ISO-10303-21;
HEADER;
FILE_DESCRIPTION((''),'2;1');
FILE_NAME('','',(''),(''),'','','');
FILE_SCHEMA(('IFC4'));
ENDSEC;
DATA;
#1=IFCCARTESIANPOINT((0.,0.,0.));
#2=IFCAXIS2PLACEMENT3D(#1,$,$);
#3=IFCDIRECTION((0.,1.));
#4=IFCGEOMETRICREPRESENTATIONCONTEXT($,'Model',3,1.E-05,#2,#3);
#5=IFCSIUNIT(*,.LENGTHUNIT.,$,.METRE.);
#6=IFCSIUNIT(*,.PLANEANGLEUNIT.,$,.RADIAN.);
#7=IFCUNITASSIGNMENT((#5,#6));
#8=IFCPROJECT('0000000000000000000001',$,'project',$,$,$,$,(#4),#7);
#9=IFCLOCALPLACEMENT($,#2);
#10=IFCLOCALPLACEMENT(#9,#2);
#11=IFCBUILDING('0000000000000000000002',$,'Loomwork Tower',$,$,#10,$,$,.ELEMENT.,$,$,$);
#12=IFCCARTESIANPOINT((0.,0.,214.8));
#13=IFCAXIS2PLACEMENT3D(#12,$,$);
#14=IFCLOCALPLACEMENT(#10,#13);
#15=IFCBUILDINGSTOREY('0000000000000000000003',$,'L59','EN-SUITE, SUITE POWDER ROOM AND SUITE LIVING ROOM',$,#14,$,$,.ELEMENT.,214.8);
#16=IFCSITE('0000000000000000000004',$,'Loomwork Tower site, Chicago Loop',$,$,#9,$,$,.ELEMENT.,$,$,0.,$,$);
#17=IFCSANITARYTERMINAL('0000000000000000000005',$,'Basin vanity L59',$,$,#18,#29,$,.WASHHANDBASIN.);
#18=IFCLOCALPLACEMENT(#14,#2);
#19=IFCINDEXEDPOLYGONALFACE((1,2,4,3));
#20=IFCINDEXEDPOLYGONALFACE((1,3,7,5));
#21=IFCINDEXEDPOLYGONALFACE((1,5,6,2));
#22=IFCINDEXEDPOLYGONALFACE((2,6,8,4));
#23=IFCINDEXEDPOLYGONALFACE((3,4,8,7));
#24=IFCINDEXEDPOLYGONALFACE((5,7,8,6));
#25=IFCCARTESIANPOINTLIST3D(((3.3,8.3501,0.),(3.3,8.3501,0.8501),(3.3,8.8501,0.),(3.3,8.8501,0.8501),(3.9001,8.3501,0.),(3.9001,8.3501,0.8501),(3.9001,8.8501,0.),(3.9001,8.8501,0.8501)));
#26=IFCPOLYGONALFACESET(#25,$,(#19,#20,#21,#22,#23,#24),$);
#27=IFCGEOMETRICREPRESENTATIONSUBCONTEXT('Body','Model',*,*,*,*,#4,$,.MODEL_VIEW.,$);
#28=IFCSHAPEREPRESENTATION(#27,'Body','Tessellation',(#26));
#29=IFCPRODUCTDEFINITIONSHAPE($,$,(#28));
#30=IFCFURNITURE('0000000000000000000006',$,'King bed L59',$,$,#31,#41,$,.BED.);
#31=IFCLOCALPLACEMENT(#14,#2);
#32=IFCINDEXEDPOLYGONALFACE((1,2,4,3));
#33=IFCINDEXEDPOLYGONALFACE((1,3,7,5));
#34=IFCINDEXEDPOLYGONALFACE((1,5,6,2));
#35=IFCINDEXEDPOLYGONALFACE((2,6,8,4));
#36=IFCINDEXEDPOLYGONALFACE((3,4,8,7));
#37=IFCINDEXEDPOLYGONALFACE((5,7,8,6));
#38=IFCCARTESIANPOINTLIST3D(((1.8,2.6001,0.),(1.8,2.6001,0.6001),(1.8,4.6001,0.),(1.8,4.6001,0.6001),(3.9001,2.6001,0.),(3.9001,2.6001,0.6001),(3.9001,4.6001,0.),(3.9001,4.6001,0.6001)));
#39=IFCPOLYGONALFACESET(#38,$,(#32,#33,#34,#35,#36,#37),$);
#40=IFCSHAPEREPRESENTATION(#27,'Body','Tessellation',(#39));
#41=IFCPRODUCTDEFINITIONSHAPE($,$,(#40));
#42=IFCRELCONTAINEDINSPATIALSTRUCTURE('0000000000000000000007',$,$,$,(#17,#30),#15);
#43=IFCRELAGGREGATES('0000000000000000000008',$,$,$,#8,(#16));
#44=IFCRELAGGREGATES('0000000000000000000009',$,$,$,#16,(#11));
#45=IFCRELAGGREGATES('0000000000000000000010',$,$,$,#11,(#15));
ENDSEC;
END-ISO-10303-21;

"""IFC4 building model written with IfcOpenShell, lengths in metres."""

from ifc_helpers import new_model, si_unit, direction, frame, origin, origin_2d, place, context, subcontext, project, spatial, rectangle, extrude, element, save


model = new_model("IFC4")

# Units and contexts
model_context = context("Model", 3, precision=1e-05, world=origin(), true_north=direction((0.0, 1.0)))
body_context = subcontext(model_context, "Body", "Model", "MODEL_VIEW")
ifc_project = project(units=[si_unit("LENGTHUNIT", "METRE"), si_unit("PLANEANGLEUNIT", "RADIAN")], contexts=[model_context])

# Site, building, storey
site_placement = place(None, origin())
site = spatial("IfcSite", under=ifc_project, at=site_placement, Name="Loomwork Tower site, Chicago Loop", CompositionType="ELEMENT", RefElevation=0.0)
building_placement = place(site_placement, origin())
building = spatial("IfcBuilding", under=site, at=building_placement, Name="Loomwork Tower", CompositionType="ELEMENT")
storey_placement = place(building_placement, frame((0.0, 0.0, 214.8)))
storey = spatial("IfcBuildingStorey", under=building, at=storey_placement, Name="L59", Description="EN-SUITE, SUITE POWDER ROOM AND SUITE LIVING ROOM", CompositionType="ELEMENT", Elevation=214.8)

# Sanitary terminal
sanitary_terminal_1_placement = place(storey_placement, frame((3.6001, 8.6001, 0.0), z_axis=(0.0, 0.0, 1.0), x_axis=(1.0, 0.0, 0.0)))
element("IfcSanitaryTerminal", 1, at=sanitary_terminal_1_placement, inside=storey, Name="Basin vanity L59", PredefinedType="WASHHANDBASIN", context=body_context, shape_type="SweptSolid", body=[
    extrude(rectangle(XDim=0.6001, YDim=0.5, at=origin_2d()), origin(), (0.0, 0.0, 1.0), 0.8501),
])

# Furniture
furniture_placement = place(storey_placement, frame((2.8501, 3.6001, 0.0), z_axis=(0.0, 0.0, 1.0), x_axis=(1.0, 0.0, 0.0)))
element("IfcFurniture", 2, at=furniture_placement, inside=storey, Name="King bed L59", PredefinedType="BED", context=body_context, shape_type="SweptSolid", body=[
    extrude(rectangle(XDim=2.1001, YDim=2.0, at=origin_2d()), origin(), (0.0, 0.0, 1.0), 0.6001),
])

save(model, "model.ifc")
